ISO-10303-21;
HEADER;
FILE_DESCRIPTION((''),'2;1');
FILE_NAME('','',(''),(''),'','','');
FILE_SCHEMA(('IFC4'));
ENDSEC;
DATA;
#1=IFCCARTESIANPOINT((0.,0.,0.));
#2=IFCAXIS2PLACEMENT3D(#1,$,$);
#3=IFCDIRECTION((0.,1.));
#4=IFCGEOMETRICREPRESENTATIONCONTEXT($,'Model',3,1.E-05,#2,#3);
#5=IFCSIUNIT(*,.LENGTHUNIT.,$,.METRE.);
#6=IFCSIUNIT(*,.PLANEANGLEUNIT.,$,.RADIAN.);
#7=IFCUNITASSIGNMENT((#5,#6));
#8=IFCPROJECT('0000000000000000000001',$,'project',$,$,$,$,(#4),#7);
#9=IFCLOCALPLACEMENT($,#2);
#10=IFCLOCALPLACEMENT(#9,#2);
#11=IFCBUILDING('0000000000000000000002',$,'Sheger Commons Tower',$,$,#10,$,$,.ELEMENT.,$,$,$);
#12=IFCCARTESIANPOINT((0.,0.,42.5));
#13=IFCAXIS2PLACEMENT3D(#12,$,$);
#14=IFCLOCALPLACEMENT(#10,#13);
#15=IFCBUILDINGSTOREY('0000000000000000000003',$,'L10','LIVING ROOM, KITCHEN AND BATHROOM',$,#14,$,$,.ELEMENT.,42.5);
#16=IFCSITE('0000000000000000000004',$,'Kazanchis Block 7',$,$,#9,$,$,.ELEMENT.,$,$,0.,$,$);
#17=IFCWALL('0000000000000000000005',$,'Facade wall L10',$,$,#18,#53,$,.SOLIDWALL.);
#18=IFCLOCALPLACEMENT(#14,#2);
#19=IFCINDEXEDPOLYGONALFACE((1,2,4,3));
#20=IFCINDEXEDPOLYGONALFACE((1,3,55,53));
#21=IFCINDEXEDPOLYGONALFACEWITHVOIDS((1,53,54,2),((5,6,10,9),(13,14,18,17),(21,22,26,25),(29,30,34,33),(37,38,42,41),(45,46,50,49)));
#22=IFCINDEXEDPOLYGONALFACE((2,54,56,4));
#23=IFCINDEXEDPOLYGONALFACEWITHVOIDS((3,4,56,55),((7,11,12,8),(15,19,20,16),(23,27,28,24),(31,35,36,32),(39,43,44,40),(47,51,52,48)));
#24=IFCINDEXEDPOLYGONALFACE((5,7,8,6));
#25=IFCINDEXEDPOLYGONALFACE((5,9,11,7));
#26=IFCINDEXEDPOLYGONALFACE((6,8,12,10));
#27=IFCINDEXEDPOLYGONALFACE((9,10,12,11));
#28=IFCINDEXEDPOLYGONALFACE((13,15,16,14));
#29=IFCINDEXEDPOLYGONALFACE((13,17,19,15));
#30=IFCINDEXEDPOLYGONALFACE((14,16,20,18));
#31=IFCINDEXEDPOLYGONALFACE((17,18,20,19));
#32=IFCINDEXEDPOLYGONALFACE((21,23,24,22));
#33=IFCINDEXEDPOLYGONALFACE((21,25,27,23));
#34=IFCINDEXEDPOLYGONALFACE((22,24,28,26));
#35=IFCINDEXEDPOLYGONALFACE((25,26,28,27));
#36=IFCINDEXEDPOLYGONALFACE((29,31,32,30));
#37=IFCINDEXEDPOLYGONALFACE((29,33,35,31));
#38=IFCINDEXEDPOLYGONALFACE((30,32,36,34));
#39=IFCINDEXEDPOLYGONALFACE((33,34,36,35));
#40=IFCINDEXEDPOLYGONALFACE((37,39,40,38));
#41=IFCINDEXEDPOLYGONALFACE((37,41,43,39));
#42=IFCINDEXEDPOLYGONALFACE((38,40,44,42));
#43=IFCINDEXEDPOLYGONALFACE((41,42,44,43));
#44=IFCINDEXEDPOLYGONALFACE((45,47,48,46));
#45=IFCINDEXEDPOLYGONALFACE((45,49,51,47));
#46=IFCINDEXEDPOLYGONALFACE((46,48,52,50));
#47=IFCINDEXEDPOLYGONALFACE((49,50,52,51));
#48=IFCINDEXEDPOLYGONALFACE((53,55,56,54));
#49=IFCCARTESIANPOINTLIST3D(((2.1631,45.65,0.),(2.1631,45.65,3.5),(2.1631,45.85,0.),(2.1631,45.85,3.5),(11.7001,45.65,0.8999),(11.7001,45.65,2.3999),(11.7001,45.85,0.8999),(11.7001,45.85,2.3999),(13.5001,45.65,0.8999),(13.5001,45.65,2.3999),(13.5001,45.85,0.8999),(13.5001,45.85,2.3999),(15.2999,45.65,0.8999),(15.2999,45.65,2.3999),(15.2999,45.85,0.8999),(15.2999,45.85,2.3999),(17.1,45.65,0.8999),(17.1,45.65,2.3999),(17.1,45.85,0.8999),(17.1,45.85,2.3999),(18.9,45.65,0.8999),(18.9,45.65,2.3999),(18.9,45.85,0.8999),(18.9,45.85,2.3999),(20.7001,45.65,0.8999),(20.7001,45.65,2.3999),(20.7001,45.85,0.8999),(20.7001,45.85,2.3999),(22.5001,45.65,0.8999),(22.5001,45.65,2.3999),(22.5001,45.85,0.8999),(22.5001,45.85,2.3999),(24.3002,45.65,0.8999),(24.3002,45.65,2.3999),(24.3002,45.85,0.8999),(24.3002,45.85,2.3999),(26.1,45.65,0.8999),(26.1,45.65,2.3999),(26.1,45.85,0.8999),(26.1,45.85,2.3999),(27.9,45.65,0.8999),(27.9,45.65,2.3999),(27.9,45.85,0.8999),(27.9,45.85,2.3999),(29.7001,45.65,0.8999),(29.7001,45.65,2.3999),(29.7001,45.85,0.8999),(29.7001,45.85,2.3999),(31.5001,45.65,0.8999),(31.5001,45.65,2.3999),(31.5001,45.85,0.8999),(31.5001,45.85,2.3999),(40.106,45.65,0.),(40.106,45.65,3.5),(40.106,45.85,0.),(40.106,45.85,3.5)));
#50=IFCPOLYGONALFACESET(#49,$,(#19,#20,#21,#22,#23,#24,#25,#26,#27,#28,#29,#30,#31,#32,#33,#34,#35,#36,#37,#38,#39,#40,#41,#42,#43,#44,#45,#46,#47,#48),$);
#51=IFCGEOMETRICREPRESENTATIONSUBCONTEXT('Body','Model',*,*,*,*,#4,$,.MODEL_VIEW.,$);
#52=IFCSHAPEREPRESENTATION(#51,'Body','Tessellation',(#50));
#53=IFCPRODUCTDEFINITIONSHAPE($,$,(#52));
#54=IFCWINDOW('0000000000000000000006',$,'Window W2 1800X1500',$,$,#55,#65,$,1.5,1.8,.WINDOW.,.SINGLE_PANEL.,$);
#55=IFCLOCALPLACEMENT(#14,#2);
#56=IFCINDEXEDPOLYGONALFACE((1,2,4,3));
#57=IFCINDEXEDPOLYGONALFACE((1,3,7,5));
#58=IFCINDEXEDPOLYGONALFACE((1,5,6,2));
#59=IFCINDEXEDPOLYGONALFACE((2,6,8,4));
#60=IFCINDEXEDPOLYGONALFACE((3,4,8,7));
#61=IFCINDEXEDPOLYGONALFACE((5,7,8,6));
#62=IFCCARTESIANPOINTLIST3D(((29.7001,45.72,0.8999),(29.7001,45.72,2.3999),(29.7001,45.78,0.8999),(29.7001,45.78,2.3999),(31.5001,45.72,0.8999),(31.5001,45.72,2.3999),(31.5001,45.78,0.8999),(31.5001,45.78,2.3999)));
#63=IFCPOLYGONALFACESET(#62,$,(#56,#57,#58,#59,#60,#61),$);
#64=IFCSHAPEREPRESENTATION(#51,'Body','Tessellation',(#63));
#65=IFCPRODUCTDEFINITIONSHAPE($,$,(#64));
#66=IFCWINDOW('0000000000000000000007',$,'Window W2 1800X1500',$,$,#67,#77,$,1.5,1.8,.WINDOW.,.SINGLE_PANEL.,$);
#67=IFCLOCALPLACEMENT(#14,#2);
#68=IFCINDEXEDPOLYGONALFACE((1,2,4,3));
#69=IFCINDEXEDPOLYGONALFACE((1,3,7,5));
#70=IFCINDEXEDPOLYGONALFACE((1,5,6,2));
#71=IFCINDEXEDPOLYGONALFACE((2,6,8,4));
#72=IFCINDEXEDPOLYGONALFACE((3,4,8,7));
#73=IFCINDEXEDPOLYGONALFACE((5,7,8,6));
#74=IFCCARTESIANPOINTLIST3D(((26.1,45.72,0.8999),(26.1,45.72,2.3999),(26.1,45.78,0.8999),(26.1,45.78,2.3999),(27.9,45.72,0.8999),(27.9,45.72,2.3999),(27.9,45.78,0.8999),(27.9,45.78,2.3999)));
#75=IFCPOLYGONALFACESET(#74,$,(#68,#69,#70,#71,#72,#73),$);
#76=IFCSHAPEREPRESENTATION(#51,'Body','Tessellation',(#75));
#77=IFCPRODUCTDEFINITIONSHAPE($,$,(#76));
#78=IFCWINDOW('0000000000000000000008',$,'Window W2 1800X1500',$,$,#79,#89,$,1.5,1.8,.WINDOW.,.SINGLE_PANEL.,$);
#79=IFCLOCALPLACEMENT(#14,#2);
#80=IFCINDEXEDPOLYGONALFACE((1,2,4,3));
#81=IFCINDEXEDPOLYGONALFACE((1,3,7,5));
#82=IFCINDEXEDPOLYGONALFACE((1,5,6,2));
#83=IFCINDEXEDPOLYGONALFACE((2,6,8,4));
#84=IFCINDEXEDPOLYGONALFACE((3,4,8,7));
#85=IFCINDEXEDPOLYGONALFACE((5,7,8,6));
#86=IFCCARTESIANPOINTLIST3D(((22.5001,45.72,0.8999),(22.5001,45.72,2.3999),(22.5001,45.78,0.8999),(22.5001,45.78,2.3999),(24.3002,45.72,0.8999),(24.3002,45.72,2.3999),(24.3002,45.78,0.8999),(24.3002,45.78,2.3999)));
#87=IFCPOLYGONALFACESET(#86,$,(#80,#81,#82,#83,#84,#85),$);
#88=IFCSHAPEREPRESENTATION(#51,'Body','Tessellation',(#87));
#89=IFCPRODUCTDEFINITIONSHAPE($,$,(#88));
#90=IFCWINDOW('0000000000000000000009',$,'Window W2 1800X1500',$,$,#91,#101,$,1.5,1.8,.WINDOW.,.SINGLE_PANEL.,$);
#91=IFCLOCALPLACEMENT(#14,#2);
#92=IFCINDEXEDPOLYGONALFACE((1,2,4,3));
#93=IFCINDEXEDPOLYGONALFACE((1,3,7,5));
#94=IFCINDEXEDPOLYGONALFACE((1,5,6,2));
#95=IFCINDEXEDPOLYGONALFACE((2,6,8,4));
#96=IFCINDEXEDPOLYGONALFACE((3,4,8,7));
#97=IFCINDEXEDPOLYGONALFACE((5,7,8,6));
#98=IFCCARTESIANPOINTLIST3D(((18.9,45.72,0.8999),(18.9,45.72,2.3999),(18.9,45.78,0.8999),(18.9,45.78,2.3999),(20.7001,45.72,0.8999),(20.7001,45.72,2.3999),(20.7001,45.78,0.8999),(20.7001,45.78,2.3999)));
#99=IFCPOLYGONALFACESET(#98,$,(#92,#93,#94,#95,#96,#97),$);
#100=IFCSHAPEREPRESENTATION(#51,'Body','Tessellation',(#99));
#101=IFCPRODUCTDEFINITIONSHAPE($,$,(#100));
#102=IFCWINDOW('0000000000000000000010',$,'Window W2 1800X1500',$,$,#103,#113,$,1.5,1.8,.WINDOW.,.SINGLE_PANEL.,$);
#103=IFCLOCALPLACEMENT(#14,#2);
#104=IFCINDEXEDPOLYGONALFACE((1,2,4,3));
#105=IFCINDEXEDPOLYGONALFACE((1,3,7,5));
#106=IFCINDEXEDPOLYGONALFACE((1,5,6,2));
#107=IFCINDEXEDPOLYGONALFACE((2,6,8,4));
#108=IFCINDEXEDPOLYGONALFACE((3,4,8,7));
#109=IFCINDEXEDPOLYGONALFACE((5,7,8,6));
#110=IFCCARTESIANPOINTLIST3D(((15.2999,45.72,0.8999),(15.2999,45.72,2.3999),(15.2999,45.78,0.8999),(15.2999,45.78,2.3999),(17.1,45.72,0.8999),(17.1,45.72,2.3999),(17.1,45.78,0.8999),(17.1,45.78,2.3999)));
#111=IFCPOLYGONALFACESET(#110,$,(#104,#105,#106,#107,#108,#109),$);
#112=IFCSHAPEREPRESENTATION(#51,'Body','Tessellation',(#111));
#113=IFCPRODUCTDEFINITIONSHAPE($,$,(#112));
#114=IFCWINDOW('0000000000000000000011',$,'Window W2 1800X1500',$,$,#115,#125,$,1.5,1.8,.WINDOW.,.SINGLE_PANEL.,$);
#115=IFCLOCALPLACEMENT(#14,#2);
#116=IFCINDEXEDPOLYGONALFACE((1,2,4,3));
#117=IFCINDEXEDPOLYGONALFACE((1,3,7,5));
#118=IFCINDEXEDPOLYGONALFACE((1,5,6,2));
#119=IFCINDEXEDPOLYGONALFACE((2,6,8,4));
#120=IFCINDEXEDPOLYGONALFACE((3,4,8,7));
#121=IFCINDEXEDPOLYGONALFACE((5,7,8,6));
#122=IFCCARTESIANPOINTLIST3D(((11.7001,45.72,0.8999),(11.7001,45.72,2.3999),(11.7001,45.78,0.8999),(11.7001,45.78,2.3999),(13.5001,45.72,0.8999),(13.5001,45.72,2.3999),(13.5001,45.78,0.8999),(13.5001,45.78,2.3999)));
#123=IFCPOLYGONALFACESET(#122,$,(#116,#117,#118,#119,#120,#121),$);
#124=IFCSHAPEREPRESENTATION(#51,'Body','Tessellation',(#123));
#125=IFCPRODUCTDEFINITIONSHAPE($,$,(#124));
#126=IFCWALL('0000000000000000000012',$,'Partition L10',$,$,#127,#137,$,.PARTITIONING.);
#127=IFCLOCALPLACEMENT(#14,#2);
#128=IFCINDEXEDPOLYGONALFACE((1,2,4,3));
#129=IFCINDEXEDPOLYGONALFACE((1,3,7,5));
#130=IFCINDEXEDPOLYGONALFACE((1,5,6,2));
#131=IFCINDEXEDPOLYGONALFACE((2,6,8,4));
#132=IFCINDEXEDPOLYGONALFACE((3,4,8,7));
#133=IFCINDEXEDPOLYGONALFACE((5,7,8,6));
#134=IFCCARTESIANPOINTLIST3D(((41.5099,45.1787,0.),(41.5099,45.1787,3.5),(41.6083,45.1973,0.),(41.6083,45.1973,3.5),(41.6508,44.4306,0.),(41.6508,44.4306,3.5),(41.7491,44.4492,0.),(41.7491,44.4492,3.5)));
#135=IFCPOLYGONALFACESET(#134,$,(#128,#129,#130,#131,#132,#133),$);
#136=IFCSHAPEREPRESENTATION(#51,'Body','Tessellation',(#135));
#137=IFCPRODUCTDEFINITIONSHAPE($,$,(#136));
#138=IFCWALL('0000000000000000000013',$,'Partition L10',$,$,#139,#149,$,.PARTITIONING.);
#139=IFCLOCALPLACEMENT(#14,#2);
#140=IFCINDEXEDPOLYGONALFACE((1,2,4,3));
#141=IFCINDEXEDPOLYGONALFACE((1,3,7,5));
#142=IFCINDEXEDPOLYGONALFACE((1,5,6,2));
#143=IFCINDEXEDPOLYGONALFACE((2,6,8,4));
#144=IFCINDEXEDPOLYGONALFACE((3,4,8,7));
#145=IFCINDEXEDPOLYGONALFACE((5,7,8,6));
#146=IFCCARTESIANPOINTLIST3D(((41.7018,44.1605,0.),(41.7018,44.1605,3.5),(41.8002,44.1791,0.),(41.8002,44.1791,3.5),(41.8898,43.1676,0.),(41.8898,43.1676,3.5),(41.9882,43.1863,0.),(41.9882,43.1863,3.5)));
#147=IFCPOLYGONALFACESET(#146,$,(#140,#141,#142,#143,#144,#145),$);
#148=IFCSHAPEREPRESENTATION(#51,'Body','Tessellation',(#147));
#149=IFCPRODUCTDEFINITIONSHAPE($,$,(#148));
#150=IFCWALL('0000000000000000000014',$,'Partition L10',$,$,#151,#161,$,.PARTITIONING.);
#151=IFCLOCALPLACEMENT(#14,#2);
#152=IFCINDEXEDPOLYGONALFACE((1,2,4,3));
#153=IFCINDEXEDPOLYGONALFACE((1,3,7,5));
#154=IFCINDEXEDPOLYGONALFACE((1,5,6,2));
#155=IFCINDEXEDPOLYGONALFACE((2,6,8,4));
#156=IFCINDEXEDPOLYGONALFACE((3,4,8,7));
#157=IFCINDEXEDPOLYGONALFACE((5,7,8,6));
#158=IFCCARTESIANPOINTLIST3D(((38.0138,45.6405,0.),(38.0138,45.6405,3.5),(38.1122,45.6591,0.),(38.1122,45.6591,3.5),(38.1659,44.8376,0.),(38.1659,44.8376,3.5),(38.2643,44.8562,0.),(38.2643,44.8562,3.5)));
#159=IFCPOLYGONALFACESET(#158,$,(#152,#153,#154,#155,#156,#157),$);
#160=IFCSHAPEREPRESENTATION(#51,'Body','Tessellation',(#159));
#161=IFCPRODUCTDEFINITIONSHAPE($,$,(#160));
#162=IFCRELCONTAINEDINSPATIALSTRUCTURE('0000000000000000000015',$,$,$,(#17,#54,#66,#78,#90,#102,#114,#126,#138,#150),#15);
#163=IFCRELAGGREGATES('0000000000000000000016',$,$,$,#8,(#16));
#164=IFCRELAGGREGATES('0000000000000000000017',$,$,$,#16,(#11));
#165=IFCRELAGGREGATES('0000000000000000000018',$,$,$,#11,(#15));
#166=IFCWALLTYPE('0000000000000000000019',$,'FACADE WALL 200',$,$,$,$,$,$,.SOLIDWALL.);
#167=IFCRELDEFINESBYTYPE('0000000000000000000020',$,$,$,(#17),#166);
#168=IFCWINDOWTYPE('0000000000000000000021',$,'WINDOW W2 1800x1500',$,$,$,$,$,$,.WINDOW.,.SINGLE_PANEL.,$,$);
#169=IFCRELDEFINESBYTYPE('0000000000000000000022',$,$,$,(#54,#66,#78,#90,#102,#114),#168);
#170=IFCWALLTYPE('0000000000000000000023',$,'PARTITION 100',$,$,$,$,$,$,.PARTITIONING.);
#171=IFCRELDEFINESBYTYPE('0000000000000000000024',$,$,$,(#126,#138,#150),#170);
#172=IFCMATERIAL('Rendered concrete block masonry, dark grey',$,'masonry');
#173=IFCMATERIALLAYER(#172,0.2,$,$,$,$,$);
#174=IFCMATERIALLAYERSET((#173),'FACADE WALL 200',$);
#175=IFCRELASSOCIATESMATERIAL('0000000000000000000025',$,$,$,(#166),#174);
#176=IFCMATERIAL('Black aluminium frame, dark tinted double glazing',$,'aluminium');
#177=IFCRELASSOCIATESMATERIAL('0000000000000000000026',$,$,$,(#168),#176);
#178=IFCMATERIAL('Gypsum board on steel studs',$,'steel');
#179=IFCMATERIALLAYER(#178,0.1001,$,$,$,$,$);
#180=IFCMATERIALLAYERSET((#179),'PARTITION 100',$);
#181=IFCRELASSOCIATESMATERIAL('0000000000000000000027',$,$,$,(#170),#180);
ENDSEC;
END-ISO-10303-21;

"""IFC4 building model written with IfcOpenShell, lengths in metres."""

from ifc_helpers import new_model, si_unit, direction, frame, frame_2d, origin, place, context, subcontext, project, spatial, rectangle, extrude, material, layer, layer_set, type_object, element, fill, save


model = new_model("IFC4")

# Units and contexts
model_context = context("Model", 3, precision=1e-05, world=origin(), true_north=direction((0.0, 1.0)))
body_context = subcontext(model_context, "Body", "Model", "MODEL_VIEW")
ifc_project = project(units=[si_unit("LENGTHUNIT", "METRE"), si_unit("PLANEANGLEUNIT", "RADIAN")], contexts=[model_context])

# Site, building, storey
site_placement = place(None, origin())
site = spatial("IfcSite", under=ifc_project, at=site_placement, Name="Kazanchis Block 7", CompositionType="ELEMENT", RefElevation=0.0)
building_placement = place(site_placement, origin())
building = spatial("IfcBuilding", under=site, at=building_placement, Name="Sheger Commons Tower", CompositionType="ELEMENT")
storey_placement = place(building_placement, frame((0.0, 0.0, 42.5)))
storey = spatial("IfcBuildingStorey", under=building, at=storey_placement, Name="L10", Description="LIVING ROOM, KITCHEN AND BATHROOM", CompositionType="ELEMENT", Elevation=42.5)

# Shared definitions
ifc_material_1 = material(Name="Rendered concrete block masonry, dark grey", Category="masonry")
ifc_layer_1 = layer(ifc_material_1, 0.2)
ifc_layer_set_1 = layer_set([ifc_layer_1], Name="FACADE WALL 200")
wall_type_1 = type_object("IfcWallType", Name="FACADE WALL 200", PredefinedType="SOLIDWALL", material=ifc_layer_set_1)

# Wall, openings, windows
wall_1_placement = place(storey_placement, frame((40.106, 45.75, 0.0), z_axis=(0.0, 0.0, 1.0), x_axis=(-1.0, 0.0, 0.0)))
wall_1 = element("IfcWall", 1, at=wall_1_placement, inside=storey, type_object=wall_type_1, Name="Facade wall L10", PredefinedType="SOLIDWALL", context=body_context, shape_type="SweptSolid", body=[
    extrude(rectangle(XDim=37.9429, YDim=0.2, at=frame_2d((18.9714, 0.0))), origin(), (0.0, 0.0, 1.0), 3.5),
])
opening_1_placement = place(wall_1_placement, frame((8.606, 0.0, 0.8999)))
opening_1 = element("IfcOpeningElement", 2, at=opening_1_placement, cuts=wall_1, PredefinedType="OPENING", context=body_context, shape_type="SweptSolid", body=[
    extrude(rectangle(XDim=1.8, YDim=1.5, at=frame_2d((0.8999, 0.75))), frame((0.0, 0.1099, 0.0), z_axis=(0.0, -1.0, 0.0), x_axis=(1.0, 0.0, 0.0)), (0.0, 0.0, 1.0), 0.22),
])
opening_2_placement = place(wall_1_placement, frame((12.2061, 0.0, 0.8999)))
opening_2 = element("IfcOpeningElement", 3, at=opening_2_placement, cuts=wall_1, PredefinedType="OPENING", context=body_context, shape_type="SweptSolid", body=[
    extrude(rectangle(XDim=1.8, YDim=1.5, at=frame_2d((0.8999, 0.75))), frame((0.0, 0.1099, 0.0), z_axis=(0.0, -1.0, 0.0), x_axis=(1.0, 0.0, 0.0)), (0.0, 0.0, 1.0), 0.22),
])
opening_3_placement = place(wall_1_placement, frame((15.8059, 0.0, 0.8999)))
opening_3 = element("IfcOpeningElement", 4, at=opening_3_placement, cuts=wall_1, PredefinedType="OPENING", context=body_context, shape_type="SweptSolid", body=[
    extrude(rectangle(XDim=1.8, YDim=1.5, at=frame_2d((0.8999, 0.75))), frame((0.0, 0.1099, 0.0), z_axis=(0.0, -1.0, 0.0), x_axis=(1.0, 0.0, 0.0)), (0.0, 0.0, 1.0), 0.22),
])
opening_4_placement = place(wall_1_placement, frame((19.406, 0.0, 0.8999)))
opening_4 = element("IfcOpeningElement", 5, at=opening_4_placement, cuts=wall_1, PredefinedType="OPENING", context=body_context, shape_type="SweptSolid", body=[
    extrude(rectangle(XDim=1.8, YDim=1.5, at=frame_2d((0.8999, 0.75))), frame((0.0, 0.1099, 0.0), z_axis=(0.0, -1.0, 0.0), x_axis=(1.0, 0.0, 0.0)), (0.0, 0.0, 1.0), 0.22),
])
opening_5_placement = place(wall_1_placement, frame((23.0061, 0.0, 0.8999)))
opening_5 = element("IfcOpeningElement", 6, at=opening_5_placement, cuts=wall_1, PredefinedType="OPENING", context=body_context, shape_type="SweptSolid", body=[
    extrude(rectangle(XDim=1.8, YDim=1.5, at=frame_2d((0.8999, 0.75))), frame((0.0, 0.1099, 0.0), z_axis=(0.0, -1.0, 0.0), x_axis=(1.0, 0.0, 0.0)), (0.0, 0.0, 1.0), 0.22),
])
opening_6_placement = place(wall_1_placement, frame((26.606, 0.0, 0.8999)))
opening_6 = element("IfcOpeningElement", 7, at=opening_6_placement, cuts=wall_1, PredefinedType="OPENING", context=body_context, shape_type="SweptSolid", body=[
    extrude(rectangle(XDim=1.8, YDim=1.5, at=frame_2d((0.8999, 0.75))), frame((0.0, 0.1099, 0.0), z_axis=(0.0, -1.0, 0.0), x_axis=(1.0, 0.0, 0.0)), (0.0, 0.0, 1.0), 0.22),
])
ifc_material_2 = material(Name="Black aluminium frame, dark tinted double glazing", Category="aluminium")
window_type = type_object("IfcWindowType", Name="WINDOW W2 1800x1500", PartitioningType="SINGLE_PANEL", PredefinedType="WINDOW", material=ifc_material_2)
window_1_placement = place(opening_1_placement, origin())
window_1 = element("IfcWindow", 8, at=window_1_placement, inside=storey, type_object=window_type, Name="Window W2 1800X1500", OverallHeight=1.5, OverallWidth=1.8, PartitioningType="SINGLE_PANEL", PredefinedType="WINDOW", context=body_context, shape_type="SweptSolid", body=[
    extrude(rectangle(XDim=1.8, YDim=1.5, at=frame_2d((0.8999, 0.75))), frame((0.0, 0.03, 0.0), z_axis=(0.0, -1.0, 0.0), x_axis=(1.0, 0.0, 0.0)), (0.0, 0.0, 1.0), 0.0601),
])
fill(opening_1, window_1)
window_2_placement = place(opening_2_placement, origin())
window_2 = element("IfcWindow", 9, at=window_2_placement, inside=storey, type_object=window_type, Name="Window W2 1800X1500", OverallHeight=1.5, OverallWidth=1.8, PartitioningType="SINGLE_PANEL", PredefinedType="WINDOW", context=body_context, shape_type="SweptSolid", body=[
    extrude(rectangle(XDim=1.8, YDim=1.5, at=frame_2d((0.8999, 0.75))), frame((0.0, 0.03, 0.0), z_axis=(0.0, -1.0, 0.0), x_axis=(1.0, 0.0, 0.0)), (0.0, 0.0, 1.0), 0.0601),
])
fill(opening_2, window_2)
window_3_placement = place(opening_3_placement, origin())
window_3 = element("IfcWindow", 10, at=window_3_placement, inside=storey, type_object=window_type, Name="Window W2 1800X1500", OverallHeight=1.5, OverallWidth=1.8, PartitioningType="SINGLE_PANEL", PredefinedType="WINDOW", context=body_context, shape_type="SweptSolid", body=[
    extrude(rectangle(XDim=1.8, YDim=1.5, at=frame_2d((0.8999, 0.75))), frame((0.0, 0.03, 0.0), z_axis=(0.0, -1.0, 0.0), x_axis=(1.0, 0.0, 0.0)), (0.0, 0.0, 1.0), 0.0601),
])
fill(opening_3, window_3)
window_4_placement = place(opening_4_placement, origin())
window_4 = element("IfcWindow", 11, at=window_4_placement, inside=storey, type_object=window_type, Name="Window W2 1800X1500", OverallHeight=1.5, OverallWidth=1.8, PartitioningType="SINGLE_PANEL", PredefinedType="WINDOW", context=body_context, shape_type="SweptSolid", body=[
    extrude(rectangle(XDim=1.8, YDim=1.5, at=frame_2d((0.8999, 0.75))), frame((0.0, 0.03, 0.0), z_axis=(0.0, -1.0, 0.0), x_axis=(1.0, 0.0, 0.0)), (0.0, 0.0, 1.0), 0.0601),
])
fill(opening_4, window_4)
window_5_placement = place(opening_5_placement, origin())
window_5 = element("IfcWindow", 12, at=window_5_placement, inside=storey, type_object=window_type, Name="Window W2 1800X1500", OverallHeight=1.5, OverallWidth=1.8, PartitioningType="SINGLE_PANEL", PredefinedType="WINDOW", context=body_context, shape_type="SweptSolid", body=[
    extrude(rectangle(XDim=1.8, YDim=1.5, at=frame_2d((0.8999, 0.75))), frame((0.0, 0.03, 0.0), z_axis=(0.0, -1.0, 0.0), x_axis=(1.0, 0.0, 0.0)), (0.0, 0.0, 1.0), 0.0601),
])
fill(opening_5, window_5)
window_6_placement = place(opening_6_placement, origin())
window_6 = element("IfcWindow", 13, at=window_6_placement, inside=storey, type_object=window_type, Name="Window W2 1800X1500", OverallHeight=1.5, OverallWidth=1.8, PartitioningType="SINGLE_PANEL", PredefinedType="WINDOW", context=body_context, shape_type="SweptSolid", body=[
    extrude(rectangle(XDim=1.8, YDim=1.5, at=frame_2d((0.8999, 0.75))), frame((0.0, 0.03, 0.0), z_axis=(0.0, -1.0, 0.0), x_axis=(1.0, 0.0, 0.0)), (0.0, 0.0, 1.0), 0.0601),
])
fill(opening_6, window_6)

# Walls
ifc_material_3 = material(Name="Gypsum board on steel studs", Category="steel")
ifc_layer_2 = layer(ifc_material_3, 0.1001)
ifc_layer_set_2 = layer_set([ifc_layer_2], Name="PARTITION 100")
wall_type_2 = type_object("IfcWallType", Name="PARTITION 100", PredefinedType="PARTITIONING", material=ifc_layer_set_2)
wall_2_placement = place(storey_placement, frame((41.5591, 45.188, 0.0), z_axis=(0.0, 0.0, 1.0), x_axis=(0.185063, -0.982727, 0.0)))
element("IfcWall", 14, at=wall_2_placement, inside=storey, type_object=wall_type_2, Name="Partition L10", PredefinedType="PARTITIONING", context=body_context, shape_type="SweptSolid", body=[
    extrude(rectangle(XDim=0.7612, YDim=0.1001, at=frame_2d((0.3806, 0.0))), origin(), (0.0, 0.0, 1.0), 3.5),
])
wall_3_placement = place(storey_placement, frame((41.751, 44.1699, 0.0), z_axis=(0.0, 0.0, 1.0), x_axis=(0.186024, -0.982545, 0.0)))
element("IfcWall", 15, at=wall_3_placement, inside=storey, type_object=wall_type_2, Name="Partition L10", PredefinedType="PARTITIONING", context=body_context, shape_type="SweptSolid", body=[
    extrude(rectangle(XDim=1.0105, YDim=0.1001, at=frame_2d((0.5054, 0.0))), origin(), (0.0, 0.0, 1.0), 3.5),
])
wall_4_placement = place(storey_placement, frame((38.063, 45.6499, 0.0), z_axis=(0.0, 0.0, 1.0), x_axis=(0.18611, -0.982529, 0.0)))
element("IfcWall", 16, at=wall_4_placement, inside=storey, type_object=wall_type_2, Name="Partition L10", PredefinedType="PARTITIONING", context=body_context, shape_type="SweptSolid", body=[
    extrude(rectangle(XDim=0.8171, YDim=0.1001, at=frame_2d((0.4087, 0.0))), origin(), (0.0, 0.0, 1.0), 3.5),
])

save(model, "model.ifc")
